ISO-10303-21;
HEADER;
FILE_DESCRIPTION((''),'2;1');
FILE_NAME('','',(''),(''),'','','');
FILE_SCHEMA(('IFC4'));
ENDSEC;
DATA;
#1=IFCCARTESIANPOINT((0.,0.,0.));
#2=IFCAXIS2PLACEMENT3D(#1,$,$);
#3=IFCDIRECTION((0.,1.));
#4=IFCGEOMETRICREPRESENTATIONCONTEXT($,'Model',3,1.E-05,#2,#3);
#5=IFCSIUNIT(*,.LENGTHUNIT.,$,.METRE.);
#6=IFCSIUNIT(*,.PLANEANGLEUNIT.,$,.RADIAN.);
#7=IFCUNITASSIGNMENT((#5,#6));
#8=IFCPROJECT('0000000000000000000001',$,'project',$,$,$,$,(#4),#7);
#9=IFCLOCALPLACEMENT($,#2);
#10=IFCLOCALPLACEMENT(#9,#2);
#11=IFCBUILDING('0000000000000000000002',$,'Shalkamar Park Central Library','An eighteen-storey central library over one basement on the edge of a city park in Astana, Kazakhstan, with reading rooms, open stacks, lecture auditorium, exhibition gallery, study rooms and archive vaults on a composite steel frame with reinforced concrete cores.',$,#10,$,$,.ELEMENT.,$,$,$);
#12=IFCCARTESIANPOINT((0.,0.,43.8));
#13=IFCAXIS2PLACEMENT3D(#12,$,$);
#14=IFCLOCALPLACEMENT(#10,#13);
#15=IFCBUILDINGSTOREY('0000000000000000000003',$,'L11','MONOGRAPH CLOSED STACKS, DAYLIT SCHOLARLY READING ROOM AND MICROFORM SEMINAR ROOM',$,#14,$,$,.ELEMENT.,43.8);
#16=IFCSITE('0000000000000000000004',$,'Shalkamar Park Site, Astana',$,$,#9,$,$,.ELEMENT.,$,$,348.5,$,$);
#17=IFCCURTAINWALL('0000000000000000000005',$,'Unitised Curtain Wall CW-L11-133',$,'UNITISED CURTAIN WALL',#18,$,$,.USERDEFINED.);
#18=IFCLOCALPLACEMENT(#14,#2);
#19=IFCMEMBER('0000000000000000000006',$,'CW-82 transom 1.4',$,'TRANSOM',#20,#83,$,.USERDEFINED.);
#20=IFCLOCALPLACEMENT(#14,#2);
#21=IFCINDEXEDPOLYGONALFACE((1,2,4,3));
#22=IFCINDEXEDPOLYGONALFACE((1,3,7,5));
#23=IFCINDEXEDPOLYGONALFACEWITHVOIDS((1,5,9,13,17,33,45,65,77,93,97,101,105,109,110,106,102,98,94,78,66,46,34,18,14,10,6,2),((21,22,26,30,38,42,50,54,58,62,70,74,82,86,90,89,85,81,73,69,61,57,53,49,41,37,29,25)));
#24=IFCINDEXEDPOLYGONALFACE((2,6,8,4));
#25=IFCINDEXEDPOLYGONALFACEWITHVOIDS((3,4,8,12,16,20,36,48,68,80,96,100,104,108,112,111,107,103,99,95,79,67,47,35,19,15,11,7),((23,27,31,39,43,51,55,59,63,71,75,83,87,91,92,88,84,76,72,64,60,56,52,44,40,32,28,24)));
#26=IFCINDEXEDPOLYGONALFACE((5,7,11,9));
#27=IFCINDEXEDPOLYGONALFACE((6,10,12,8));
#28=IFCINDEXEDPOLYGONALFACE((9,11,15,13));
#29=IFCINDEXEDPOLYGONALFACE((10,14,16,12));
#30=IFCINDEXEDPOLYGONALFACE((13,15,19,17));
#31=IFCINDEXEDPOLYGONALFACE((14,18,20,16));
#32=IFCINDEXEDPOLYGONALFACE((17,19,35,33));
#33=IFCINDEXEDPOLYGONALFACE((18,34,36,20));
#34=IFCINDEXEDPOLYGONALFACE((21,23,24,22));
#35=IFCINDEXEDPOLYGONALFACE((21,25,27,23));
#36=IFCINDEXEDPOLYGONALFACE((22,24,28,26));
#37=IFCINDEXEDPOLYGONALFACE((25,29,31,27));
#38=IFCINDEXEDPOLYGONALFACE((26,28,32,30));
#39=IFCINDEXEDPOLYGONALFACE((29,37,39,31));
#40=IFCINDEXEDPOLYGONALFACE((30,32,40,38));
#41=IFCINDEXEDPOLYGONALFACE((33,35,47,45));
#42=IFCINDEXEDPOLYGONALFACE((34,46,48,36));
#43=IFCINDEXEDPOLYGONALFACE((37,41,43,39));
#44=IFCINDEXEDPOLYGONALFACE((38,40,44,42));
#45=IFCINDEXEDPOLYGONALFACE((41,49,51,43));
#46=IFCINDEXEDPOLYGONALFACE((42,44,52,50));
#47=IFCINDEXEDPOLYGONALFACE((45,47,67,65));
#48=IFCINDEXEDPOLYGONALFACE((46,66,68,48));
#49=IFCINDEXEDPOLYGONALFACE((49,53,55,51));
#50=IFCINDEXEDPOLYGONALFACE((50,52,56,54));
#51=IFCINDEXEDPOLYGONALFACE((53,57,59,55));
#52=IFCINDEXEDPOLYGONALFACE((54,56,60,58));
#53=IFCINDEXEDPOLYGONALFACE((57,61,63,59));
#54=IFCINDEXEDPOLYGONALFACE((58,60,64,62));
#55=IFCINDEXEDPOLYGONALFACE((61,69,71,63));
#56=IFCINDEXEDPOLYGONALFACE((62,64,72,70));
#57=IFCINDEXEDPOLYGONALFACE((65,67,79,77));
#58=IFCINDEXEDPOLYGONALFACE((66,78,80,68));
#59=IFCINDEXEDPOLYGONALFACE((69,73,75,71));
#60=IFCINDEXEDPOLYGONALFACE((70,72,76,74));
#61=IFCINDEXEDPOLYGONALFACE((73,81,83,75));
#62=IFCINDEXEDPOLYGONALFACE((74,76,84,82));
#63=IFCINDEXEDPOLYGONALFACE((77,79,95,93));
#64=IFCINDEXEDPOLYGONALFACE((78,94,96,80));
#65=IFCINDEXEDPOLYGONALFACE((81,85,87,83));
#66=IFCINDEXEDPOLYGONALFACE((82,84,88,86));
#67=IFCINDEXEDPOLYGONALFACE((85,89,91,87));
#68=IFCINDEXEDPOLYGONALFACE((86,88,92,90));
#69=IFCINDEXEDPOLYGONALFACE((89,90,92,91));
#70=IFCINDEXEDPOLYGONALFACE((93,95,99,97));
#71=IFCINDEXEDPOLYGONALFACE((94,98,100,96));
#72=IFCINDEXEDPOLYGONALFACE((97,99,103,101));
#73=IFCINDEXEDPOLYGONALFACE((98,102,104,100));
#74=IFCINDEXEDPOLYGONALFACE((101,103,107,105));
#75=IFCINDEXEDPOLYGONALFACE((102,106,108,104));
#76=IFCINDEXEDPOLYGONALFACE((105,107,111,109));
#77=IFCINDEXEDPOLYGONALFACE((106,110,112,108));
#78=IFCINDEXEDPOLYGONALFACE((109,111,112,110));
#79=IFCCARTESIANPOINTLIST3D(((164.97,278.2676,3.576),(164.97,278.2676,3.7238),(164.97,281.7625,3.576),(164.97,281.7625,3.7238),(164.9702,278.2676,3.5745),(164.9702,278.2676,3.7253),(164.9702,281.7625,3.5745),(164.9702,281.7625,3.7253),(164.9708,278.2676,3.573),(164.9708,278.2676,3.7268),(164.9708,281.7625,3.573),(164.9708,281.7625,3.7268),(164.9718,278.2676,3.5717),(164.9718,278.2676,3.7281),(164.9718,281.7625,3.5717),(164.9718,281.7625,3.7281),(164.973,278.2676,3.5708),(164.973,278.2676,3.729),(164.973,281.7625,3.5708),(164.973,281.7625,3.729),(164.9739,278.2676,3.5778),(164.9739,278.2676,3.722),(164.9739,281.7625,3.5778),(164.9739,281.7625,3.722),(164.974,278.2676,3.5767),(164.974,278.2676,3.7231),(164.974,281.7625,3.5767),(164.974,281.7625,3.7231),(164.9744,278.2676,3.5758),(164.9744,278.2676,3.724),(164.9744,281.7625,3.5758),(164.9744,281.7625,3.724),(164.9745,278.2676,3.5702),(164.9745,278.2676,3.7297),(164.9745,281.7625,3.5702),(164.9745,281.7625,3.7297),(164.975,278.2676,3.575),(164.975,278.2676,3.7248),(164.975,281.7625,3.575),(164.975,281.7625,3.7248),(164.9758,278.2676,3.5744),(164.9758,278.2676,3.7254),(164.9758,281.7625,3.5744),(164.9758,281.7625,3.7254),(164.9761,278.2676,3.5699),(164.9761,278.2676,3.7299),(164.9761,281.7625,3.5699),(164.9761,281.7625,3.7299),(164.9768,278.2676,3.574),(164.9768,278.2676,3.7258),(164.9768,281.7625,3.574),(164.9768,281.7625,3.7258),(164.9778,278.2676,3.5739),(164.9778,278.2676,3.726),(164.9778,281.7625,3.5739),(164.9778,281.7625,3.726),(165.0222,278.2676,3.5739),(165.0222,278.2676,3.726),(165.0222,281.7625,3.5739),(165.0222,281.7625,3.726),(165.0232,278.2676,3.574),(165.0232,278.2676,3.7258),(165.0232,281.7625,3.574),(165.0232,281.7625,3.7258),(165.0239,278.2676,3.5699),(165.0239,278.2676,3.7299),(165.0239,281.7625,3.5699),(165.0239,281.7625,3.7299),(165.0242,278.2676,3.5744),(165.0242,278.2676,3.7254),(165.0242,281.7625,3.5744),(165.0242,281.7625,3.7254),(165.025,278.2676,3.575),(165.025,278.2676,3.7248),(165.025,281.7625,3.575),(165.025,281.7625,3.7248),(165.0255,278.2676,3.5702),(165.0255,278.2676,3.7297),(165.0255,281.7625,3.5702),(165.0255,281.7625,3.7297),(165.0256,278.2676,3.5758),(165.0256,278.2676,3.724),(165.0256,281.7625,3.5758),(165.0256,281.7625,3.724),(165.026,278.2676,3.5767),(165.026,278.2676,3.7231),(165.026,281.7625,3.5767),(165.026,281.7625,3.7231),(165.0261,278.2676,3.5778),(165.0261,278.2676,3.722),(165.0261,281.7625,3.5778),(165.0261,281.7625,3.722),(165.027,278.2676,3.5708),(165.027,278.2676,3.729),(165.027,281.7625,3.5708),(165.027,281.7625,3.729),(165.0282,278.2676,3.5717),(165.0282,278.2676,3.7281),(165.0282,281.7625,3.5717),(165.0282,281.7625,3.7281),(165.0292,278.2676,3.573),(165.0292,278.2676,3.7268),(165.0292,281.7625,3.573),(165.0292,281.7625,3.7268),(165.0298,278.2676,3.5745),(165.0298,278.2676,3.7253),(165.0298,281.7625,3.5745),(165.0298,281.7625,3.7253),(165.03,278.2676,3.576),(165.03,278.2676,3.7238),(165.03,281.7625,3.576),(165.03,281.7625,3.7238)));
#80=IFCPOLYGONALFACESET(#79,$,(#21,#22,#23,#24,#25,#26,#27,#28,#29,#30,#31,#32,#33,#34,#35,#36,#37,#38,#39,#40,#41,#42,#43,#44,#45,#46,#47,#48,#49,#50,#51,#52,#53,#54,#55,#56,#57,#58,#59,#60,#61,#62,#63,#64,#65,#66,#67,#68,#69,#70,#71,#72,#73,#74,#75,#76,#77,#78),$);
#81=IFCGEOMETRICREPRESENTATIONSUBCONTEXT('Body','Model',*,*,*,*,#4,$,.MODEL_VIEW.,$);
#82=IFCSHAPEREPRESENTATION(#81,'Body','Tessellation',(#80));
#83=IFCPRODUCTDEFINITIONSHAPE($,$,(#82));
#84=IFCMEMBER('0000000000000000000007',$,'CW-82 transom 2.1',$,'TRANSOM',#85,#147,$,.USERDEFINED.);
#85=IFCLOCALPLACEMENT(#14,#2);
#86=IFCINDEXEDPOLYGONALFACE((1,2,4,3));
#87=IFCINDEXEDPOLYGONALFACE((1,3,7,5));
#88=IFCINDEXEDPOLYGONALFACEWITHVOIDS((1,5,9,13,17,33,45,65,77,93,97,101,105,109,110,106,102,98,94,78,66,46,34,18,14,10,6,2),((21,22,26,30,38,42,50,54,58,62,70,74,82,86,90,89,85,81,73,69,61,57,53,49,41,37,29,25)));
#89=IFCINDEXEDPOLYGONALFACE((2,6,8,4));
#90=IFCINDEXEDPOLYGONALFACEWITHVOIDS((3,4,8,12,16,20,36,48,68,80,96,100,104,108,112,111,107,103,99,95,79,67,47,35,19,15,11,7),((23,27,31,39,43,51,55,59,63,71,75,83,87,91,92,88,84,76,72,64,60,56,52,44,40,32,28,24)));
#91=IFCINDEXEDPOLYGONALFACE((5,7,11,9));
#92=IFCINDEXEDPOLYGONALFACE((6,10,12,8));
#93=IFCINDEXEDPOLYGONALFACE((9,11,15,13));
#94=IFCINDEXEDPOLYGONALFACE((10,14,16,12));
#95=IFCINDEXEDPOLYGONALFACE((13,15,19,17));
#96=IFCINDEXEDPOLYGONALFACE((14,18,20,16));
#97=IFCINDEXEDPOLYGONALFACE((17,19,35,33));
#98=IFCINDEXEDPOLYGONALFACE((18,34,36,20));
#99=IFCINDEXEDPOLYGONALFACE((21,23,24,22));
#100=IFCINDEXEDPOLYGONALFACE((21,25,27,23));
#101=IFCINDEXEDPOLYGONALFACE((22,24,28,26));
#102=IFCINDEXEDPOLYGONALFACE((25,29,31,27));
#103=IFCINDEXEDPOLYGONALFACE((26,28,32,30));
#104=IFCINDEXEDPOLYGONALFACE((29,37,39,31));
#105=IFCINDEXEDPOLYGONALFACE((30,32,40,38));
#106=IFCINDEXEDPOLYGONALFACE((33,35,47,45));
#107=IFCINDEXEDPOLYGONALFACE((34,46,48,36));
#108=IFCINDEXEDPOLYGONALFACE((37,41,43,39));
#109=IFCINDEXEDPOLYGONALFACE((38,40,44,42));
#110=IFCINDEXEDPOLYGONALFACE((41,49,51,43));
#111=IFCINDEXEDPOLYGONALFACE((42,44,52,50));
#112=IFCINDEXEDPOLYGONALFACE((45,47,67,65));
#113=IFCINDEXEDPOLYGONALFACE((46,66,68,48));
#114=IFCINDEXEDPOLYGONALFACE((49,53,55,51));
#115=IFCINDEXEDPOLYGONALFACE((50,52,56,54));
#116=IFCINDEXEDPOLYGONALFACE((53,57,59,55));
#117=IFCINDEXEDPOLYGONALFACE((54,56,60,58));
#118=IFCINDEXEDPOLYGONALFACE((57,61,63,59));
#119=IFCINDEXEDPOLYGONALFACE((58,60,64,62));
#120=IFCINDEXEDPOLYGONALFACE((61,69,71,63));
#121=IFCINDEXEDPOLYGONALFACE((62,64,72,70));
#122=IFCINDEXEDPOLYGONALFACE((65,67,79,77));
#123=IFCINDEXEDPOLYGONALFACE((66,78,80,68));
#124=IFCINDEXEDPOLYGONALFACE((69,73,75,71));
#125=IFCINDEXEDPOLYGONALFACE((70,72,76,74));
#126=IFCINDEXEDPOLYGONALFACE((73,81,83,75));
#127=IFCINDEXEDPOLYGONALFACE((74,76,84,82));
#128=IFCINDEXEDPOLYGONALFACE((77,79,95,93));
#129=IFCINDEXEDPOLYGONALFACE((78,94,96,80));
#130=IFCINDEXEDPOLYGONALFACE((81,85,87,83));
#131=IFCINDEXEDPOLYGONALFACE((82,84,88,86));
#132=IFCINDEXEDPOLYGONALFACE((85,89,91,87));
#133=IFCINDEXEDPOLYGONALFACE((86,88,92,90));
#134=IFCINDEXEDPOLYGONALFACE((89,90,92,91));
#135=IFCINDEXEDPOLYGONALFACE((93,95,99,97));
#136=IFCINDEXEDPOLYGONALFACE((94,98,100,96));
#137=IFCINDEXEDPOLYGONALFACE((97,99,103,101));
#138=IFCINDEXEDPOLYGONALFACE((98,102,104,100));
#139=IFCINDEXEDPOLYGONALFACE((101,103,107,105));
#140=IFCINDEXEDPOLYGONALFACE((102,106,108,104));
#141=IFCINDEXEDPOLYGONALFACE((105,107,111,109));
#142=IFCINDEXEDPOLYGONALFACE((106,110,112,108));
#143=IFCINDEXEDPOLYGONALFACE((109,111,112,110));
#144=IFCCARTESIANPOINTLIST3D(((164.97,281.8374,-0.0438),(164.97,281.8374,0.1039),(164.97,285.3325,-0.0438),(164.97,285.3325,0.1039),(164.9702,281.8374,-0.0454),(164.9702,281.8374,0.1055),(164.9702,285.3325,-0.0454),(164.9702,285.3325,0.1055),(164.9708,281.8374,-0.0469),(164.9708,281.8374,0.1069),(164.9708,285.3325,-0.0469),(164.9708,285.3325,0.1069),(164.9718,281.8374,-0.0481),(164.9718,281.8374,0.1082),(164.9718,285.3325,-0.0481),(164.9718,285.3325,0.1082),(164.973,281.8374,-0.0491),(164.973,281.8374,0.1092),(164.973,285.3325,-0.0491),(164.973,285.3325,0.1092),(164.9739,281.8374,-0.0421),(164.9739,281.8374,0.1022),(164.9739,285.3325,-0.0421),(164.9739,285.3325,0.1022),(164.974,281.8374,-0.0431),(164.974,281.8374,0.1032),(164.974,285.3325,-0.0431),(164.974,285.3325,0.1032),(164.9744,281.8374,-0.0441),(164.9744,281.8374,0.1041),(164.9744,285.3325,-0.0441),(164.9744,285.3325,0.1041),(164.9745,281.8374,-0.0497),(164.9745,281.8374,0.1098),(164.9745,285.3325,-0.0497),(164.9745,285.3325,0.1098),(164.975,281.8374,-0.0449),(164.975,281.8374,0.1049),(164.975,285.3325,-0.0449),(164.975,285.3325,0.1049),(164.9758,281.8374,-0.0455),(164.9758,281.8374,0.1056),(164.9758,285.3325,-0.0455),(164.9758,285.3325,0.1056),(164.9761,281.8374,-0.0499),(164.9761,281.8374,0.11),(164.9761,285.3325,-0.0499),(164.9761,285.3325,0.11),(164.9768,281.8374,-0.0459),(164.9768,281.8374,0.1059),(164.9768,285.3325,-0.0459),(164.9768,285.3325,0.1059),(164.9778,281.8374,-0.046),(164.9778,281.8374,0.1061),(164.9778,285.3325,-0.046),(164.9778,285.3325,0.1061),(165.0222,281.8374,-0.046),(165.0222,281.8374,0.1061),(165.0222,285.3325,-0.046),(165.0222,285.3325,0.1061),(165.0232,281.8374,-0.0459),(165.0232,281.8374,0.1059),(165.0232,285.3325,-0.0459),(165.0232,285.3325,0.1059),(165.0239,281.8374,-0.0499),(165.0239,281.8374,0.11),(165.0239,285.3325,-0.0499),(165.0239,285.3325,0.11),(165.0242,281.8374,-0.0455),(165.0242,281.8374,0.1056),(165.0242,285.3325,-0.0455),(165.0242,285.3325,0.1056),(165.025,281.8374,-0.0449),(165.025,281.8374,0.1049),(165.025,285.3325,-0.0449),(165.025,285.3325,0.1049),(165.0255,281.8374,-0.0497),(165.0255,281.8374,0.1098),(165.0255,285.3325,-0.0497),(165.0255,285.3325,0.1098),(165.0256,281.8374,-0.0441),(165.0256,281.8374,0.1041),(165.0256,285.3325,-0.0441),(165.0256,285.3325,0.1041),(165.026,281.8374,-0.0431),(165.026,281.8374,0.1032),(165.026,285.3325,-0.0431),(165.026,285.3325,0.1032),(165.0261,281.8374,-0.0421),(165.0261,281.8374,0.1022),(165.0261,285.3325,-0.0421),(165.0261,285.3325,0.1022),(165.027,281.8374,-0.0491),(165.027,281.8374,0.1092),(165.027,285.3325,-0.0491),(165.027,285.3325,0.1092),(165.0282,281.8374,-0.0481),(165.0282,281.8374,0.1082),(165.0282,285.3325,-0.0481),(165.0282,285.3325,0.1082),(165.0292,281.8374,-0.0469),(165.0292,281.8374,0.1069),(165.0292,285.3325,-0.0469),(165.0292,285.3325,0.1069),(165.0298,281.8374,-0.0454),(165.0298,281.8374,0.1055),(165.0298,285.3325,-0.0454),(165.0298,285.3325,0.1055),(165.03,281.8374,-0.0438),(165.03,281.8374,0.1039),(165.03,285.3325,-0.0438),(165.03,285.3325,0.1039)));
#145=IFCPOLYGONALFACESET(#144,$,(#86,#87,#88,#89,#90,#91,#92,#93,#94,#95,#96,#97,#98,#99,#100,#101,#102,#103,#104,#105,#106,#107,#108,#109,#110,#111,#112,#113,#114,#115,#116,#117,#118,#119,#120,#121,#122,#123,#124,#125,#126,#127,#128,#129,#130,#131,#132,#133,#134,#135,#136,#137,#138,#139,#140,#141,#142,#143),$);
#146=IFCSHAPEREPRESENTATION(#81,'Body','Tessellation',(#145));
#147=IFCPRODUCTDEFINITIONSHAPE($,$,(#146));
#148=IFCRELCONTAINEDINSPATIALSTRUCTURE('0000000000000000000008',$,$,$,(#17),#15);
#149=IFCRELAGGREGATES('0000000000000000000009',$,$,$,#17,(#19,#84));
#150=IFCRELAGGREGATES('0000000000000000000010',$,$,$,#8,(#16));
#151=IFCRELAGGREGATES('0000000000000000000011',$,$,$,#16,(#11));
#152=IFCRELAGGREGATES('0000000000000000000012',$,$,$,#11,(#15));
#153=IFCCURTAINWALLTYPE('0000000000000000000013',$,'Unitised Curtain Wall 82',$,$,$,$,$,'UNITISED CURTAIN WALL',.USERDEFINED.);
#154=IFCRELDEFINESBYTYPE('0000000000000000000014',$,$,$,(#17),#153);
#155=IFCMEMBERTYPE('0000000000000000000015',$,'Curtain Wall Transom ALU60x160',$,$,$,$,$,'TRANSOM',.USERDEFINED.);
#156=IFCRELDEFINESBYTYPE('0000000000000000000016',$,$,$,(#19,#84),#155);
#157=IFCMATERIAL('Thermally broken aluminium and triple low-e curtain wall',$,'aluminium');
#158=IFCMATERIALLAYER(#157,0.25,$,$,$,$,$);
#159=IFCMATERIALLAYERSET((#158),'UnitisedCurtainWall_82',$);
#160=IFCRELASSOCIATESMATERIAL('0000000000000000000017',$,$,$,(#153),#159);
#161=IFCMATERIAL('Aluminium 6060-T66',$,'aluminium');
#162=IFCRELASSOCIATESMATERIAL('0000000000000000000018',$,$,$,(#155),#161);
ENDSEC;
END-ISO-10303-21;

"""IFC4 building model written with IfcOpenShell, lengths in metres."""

from ifc_helpers import new_model, si_unit, direction, frame, origin, origin_2d, place, context, subcontext, project, spatial, hollow_rectangle, extrude, material, layer, layer_set, material_profile, profile_set, type_object, element, aggregate, save


model = new_model("IFC4")

# Units and contexts
model_context = context("Model", 3, precision=1e-05, world=origin(), true_north=direction((0.0, 1.0)))
body_context = subcontext(model_context, "Body", "Model", "MODEL_VIEW")
ifc_project = project(units=[si_unit("LENGTHUNIT", "METRE"), si_unit("PLANEANGLEUNIT", "RADIAN")], contexts=[model_context])

# Site, building, storey
site_placement = place(None, origin())
site = spatial("IfcSite", under=ifc_project, at=site_placement, Name="Shalkamar Park Site, Astana", CompositionType="ELEMENT", RefElevation=348.5)
building_placement = place(site_placement, origin())
building = spatial("IfcBuilding", under=site, at=building_placement, Name="Shalkamar Park Central Library", Description="An eighteen-storey central library over one basement on the edge of a city park in Astana, Kazakhstan, with reading rooms, open stacks, lecture auditorium, exhibition gallery, study rooms and archive vaults on a composite steel frame with reinforced concrete cores.", CompositionType="ELEMENT")
storey_placement = place(building_placement, frame((0.0, 0.0, 43.8)))
storey = spatial("IfcBuildingStorey", under=building, at=storey_placement, Name="L11", Description="MONOGRAPH CLOSED STACKS, DAYLIT SCHOLARLY READING ROOM AND MICROFORM SEMINAR ROOM", CompositionType="ELEMENT", Elevation=43.8)

# Curtain wall
ifc_material_1 = material(Name="Thermally broken aluminium and triple low-e curtain wall", Category="aluminium")
ifc_layer_1 = layer(ifc_material_1, 0.25)
ifc_layer_set_1 = layer_set([ifc_layer_1], Name="UnitisedCurtainWall_82")
curtain_wall_type_1 = type_object("IfcCurtainWallType", Name="Unitised Curtain Wall 82", ElementType="UNITISED CURTAIN WALL", PredefinedType="USERDEFINED", material=ifc_layer_set_1)
curtain_wall_1_placement = place(storey_placement, origin())
curtain_wall_1 = element("IfcCurtainWall", 1, at=curtain_wall_1_placement, inside=storey, type_object=curtain_wall_type_1, Name="Unitised Curtain Wall CW-L11-133", ObjectType="UNITISED CURTAIN WALL", PredefinedType="USERDEFINED")
ifc_material_2 = material(Name="Aluminium 6060-T66", Category="aluminium")

# Members
ifc_material_profile_1 = material_profile(ifc_material_2, hollow_rectangle(XDim=0.0601, YDim=0.1599, WallThickness=0.0039, InnerFilletRadius=0.0039, OuterFilletRadius=0.0061, at=origin_2d()), Name="ALU 60x160x4")
ifc_profile_set_1 = profile_set([ifc_material_profile_1], Name="Aluminium 6060-T66")
member_type_1 = type_object("IfcMemberType", Name="Curtain Wall Transom ALU60x160", ElementType="TRANSOM", PredefinedType="USERDEFINED", material=ifc_profile_set_1)
member_1_placement = place(storey_placement, frame((165.0, 278.2676, 3.6499), z_axis=(0.0, 1.0, 0.0), x_axis=(-1.0, 0.0, 0.0)))
member_1 = element("IfcMember", 2, at=member_1_placement, type_object=member_type_1, Name="CW-82 transom 1.4", ObjectType="TRANSOM", PredefinedType="USERDEFINED", context=body_context, shape_type="SweptSolid", body=[
    extrude(hollow_rectangle(XDim=0.0601, YDim=0.1599, WallThickness=0.0039, InnerFilletRadius=0.0039, OuterFilletRadius=0.0061, at=origin_2d()), origin(), (0.0, 0.0, 1.0), 3.4949),
])
member_2_placement = place(storey_placement, frame((165.0, 281.8374, 0.03), z_axis=(0.0, 1.0, 0.0), x_axis=(-1.0, 0.0, 0.0)))
member_2 = element("IfcMember", 3, at=member_2_placement, type_object=member_type_1, Name="CW-82 transom 2.1", ObjectType="TRANSOM", PredefinedType="USERDEFINED", context=body_context, shape_type="SweptSolid", body=[
    extrude(hollow_rectangle(XDim=0.0601, YDim=0.1599, WallThickness=0.0039, InnerFilletRadius=0.0039, OuterFilletRadius=0.0061, at=origin_2d()), origin(), (0.0, 0.0, 1.0), 3.4951),
])

aggregate(curtain_wall_1, [member_1, member_2])

save(model, "model.ifc")
